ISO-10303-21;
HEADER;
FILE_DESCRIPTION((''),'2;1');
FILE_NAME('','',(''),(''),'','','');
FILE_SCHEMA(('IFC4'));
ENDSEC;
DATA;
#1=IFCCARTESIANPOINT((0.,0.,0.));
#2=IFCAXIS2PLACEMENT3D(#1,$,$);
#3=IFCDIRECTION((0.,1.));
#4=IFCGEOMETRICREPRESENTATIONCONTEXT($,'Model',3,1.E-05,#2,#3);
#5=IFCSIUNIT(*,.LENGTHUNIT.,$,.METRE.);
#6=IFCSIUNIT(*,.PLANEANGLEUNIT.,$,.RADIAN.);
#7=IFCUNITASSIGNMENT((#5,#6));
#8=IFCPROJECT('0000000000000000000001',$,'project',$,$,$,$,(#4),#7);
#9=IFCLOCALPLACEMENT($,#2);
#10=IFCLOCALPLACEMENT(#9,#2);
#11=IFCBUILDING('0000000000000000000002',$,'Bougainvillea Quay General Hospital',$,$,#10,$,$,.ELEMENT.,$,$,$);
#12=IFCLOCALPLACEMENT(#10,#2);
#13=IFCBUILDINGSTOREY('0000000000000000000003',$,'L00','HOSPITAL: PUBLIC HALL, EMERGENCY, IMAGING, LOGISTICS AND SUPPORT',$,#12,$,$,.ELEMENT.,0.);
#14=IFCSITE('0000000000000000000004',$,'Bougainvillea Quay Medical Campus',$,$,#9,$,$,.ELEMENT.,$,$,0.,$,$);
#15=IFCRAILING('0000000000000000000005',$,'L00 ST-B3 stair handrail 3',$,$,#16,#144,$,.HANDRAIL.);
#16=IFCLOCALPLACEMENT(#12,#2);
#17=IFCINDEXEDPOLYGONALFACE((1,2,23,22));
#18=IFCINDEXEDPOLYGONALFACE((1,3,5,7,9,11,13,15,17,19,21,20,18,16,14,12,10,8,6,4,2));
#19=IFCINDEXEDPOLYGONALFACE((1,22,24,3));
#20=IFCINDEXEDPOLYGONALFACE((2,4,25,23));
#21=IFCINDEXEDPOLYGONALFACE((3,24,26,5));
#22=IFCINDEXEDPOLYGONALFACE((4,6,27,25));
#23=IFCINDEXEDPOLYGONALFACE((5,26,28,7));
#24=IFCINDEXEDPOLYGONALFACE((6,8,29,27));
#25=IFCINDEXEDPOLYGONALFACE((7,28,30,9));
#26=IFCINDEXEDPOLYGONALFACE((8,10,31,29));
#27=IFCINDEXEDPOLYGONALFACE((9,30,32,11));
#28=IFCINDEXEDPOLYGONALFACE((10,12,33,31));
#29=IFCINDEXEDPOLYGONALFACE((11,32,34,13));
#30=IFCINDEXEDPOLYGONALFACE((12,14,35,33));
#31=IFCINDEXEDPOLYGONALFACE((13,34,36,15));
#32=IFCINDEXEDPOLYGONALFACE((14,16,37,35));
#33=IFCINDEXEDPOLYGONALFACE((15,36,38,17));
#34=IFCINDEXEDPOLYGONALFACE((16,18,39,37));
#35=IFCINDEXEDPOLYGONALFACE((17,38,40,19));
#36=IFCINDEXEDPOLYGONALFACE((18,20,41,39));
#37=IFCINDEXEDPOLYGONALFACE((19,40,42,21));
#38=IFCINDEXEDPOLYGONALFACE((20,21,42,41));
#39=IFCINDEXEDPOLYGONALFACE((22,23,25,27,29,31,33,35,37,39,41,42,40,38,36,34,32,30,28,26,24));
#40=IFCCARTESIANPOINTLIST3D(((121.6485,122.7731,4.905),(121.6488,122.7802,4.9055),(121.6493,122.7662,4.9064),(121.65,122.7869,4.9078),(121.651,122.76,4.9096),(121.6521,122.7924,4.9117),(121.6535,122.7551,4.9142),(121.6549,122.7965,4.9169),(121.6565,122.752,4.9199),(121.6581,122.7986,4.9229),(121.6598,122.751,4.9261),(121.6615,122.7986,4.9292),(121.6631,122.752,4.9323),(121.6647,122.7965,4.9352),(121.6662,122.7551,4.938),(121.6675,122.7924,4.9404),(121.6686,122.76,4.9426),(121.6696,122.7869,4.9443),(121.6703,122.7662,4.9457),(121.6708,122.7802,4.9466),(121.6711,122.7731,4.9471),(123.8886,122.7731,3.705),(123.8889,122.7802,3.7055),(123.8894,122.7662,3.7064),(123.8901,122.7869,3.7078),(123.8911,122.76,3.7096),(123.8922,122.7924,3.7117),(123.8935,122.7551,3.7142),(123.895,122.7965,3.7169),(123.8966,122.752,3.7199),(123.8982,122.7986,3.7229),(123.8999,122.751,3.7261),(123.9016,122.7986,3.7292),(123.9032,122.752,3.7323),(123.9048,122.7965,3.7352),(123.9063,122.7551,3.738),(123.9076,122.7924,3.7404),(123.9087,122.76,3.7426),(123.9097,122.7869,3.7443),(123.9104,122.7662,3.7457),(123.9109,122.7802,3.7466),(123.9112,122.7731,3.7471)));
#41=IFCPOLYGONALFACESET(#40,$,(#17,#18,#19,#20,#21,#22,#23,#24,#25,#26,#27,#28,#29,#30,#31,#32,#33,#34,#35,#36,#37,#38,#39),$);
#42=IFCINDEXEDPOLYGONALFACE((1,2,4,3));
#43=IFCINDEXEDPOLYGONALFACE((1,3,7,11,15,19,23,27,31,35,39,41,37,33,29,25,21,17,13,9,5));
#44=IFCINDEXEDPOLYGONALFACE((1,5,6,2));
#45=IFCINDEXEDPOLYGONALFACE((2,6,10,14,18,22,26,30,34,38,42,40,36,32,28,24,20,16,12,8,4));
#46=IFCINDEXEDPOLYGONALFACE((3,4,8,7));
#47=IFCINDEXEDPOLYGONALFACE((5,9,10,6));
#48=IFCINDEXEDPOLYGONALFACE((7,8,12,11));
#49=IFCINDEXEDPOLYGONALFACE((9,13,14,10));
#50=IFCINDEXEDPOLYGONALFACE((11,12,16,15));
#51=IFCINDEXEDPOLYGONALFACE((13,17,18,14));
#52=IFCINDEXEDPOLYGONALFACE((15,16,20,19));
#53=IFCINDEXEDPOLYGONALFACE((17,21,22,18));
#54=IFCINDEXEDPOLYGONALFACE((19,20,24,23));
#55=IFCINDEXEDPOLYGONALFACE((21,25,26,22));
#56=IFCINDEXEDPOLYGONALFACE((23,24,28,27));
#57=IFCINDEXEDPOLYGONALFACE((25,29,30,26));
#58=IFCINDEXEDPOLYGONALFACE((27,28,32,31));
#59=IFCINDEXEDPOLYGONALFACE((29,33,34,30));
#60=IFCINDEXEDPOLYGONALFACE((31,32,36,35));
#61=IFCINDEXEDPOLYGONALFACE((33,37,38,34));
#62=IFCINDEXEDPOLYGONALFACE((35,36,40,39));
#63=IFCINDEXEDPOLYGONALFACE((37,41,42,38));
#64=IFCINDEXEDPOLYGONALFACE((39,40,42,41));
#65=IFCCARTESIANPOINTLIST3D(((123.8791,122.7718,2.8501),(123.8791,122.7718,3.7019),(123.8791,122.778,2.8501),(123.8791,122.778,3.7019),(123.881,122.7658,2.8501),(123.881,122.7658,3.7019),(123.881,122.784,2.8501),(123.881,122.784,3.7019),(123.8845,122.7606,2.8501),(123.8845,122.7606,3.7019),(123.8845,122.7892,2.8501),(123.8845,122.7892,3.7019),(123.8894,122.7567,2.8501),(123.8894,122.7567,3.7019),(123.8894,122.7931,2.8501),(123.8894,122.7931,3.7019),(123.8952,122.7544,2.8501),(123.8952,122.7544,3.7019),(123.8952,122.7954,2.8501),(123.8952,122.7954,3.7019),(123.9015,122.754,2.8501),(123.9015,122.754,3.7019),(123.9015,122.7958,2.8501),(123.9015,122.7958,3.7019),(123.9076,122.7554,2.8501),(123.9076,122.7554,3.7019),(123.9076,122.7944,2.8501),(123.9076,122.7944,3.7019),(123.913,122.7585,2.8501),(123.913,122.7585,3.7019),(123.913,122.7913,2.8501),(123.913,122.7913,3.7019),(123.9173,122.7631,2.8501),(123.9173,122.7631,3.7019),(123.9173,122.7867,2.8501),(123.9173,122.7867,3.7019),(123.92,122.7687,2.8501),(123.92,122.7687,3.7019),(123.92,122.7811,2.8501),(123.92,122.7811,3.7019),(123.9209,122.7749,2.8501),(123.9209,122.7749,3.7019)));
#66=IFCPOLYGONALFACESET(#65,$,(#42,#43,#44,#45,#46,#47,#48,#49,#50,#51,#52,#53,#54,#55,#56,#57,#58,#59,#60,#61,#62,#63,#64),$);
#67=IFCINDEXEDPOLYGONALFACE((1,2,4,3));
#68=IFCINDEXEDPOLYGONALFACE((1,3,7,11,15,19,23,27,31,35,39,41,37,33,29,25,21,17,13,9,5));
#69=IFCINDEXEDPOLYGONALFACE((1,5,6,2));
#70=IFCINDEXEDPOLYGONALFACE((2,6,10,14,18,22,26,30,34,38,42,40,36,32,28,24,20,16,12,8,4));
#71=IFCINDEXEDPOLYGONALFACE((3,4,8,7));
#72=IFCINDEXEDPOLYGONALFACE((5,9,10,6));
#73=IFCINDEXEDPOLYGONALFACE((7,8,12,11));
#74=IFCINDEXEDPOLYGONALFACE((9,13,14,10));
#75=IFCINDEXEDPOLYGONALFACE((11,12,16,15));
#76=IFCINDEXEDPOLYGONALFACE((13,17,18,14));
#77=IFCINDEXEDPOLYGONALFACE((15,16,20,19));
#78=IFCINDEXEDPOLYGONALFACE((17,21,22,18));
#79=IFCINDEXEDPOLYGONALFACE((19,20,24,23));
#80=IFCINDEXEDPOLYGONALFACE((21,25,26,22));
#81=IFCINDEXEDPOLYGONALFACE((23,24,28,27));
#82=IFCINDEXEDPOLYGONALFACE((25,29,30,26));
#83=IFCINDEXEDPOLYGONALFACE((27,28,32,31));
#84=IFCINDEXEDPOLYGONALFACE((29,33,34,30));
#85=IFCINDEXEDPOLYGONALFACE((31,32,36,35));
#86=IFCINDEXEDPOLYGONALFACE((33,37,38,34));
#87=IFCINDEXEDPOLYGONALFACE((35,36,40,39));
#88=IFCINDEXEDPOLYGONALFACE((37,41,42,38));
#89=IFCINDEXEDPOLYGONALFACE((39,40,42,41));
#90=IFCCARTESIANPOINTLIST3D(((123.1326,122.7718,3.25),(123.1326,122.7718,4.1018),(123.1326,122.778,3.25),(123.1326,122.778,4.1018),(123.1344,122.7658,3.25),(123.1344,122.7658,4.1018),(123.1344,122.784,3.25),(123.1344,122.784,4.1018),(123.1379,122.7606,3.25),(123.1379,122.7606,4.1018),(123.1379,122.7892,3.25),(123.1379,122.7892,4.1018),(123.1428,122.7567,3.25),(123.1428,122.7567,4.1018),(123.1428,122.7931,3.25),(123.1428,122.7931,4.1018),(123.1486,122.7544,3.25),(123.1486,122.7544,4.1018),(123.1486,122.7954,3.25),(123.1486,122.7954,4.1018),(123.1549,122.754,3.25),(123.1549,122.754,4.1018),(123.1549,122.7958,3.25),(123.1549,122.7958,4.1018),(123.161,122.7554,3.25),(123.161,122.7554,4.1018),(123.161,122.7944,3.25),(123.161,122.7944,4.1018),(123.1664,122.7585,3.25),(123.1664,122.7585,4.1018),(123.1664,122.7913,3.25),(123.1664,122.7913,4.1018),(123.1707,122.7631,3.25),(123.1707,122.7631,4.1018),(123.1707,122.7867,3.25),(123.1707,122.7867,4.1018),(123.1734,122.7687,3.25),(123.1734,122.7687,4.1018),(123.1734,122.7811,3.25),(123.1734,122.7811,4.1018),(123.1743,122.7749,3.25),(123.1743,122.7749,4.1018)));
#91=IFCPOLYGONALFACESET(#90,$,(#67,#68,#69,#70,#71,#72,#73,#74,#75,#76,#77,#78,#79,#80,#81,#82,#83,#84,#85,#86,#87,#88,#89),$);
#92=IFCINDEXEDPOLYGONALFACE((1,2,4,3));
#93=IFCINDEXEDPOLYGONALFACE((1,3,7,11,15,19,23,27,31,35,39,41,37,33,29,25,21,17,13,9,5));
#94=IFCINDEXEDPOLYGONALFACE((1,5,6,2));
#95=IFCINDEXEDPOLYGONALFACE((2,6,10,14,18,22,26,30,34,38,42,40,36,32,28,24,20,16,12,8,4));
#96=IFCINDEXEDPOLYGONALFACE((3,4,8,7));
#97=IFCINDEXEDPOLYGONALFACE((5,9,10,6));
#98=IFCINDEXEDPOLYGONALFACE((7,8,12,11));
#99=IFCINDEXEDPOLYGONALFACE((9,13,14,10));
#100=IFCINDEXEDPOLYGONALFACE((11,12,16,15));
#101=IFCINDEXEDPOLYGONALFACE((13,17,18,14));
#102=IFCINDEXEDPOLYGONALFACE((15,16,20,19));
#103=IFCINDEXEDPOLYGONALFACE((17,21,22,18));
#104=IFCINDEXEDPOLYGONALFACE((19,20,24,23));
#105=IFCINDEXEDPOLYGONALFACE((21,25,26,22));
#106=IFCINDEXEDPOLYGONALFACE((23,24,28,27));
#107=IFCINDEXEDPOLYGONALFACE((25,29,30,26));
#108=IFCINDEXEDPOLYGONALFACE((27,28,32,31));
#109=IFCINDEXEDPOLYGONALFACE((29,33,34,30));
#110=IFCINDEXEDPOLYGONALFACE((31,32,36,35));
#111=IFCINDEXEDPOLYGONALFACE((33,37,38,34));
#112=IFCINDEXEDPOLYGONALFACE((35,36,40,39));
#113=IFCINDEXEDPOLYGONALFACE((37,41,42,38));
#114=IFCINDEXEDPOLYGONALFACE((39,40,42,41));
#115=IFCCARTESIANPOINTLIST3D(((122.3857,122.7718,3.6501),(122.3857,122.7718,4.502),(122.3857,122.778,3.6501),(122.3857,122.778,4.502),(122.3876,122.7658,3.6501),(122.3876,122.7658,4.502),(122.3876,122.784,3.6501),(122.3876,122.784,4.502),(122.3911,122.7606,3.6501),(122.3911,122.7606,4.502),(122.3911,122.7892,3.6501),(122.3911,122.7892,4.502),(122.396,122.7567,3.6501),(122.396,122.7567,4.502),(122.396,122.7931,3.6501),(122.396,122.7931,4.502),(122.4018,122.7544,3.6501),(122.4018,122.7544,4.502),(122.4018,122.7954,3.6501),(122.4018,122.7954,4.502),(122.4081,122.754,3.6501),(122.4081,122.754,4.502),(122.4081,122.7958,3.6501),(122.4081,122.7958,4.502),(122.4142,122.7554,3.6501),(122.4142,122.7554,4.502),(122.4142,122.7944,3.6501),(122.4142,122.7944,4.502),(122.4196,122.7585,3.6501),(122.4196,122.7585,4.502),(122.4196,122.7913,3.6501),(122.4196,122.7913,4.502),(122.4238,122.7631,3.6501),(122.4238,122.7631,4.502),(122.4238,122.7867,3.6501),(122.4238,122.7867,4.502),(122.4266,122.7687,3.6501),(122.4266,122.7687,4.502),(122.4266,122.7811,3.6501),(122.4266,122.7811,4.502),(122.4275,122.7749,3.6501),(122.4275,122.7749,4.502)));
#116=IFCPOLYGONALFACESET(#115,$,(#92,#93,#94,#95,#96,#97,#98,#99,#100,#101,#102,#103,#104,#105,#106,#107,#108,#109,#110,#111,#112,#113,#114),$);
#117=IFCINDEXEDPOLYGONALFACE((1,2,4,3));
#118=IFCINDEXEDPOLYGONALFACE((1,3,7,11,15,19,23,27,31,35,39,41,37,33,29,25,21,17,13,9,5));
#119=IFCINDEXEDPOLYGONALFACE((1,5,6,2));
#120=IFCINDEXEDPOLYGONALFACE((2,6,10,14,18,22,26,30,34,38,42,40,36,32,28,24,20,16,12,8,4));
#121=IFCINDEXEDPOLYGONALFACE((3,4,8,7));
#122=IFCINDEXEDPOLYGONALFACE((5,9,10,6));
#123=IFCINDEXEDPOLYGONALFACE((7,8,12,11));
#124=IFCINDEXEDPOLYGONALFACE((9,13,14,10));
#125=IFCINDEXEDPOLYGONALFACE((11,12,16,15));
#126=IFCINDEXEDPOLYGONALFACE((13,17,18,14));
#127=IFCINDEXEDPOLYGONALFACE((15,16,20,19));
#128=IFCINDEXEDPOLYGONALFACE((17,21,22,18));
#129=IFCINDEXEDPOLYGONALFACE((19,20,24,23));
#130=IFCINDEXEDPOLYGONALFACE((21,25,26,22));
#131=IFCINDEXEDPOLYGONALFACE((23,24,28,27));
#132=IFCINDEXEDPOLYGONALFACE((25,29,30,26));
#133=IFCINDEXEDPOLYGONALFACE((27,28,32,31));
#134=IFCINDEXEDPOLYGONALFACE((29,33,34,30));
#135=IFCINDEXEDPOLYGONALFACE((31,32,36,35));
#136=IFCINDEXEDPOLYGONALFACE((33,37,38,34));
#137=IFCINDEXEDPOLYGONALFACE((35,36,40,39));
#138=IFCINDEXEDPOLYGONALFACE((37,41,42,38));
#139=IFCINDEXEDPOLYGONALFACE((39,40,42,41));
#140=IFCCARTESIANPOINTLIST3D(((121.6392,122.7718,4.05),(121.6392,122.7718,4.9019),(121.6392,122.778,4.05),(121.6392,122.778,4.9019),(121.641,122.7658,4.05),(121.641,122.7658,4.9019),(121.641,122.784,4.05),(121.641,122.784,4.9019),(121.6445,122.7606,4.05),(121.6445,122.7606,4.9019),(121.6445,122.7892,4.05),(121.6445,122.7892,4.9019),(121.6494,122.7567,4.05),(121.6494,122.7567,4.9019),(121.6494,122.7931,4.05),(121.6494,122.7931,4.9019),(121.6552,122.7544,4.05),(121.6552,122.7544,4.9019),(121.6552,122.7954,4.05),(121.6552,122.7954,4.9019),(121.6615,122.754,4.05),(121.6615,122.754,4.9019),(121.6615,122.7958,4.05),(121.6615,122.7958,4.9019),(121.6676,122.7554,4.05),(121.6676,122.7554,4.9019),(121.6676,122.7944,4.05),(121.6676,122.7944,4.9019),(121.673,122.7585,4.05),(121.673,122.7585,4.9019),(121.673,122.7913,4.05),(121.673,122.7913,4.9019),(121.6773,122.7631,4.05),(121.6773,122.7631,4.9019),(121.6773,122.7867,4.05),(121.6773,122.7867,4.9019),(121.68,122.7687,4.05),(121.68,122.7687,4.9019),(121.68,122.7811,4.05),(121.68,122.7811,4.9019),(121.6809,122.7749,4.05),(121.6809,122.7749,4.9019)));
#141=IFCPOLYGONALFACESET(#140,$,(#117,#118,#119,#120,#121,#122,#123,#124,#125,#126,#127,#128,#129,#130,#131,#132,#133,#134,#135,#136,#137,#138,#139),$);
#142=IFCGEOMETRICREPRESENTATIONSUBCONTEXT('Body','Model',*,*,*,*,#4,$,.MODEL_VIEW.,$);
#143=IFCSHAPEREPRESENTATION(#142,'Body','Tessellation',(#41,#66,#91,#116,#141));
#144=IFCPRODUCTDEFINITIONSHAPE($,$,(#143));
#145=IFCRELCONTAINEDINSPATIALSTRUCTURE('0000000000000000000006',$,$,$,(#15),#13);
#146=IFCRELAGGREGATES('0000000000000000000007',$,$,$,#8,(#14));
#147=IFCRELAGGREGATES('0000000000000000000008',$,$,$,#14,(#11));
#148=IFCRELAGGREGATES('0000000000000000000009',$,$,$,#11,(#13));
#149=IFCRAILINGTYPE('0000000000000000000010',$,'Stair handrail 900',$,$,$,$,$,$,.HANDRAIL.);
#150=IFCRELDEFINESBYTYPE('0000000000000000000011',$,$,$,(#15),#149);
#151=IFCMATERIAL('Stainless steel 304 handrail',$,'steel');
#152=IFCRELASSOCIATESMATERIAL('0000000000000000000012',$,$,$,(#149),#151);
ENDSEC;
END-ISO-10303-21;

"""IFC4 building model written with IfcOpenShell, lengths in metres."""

from ifc_helpers import new_model, si_unit, direction, frame, origin, origin_2d, place, context, subcontext, project, spatial, circle, extrude, material, type_object, element, save


model = new_model("IFC4")

# Units and contexts
model_context = context("Model", 3, precision=1e-05, world=origin(), true_north=direction((0.0, 1.0)))
body_context = subcontext(model_context, "Body", "Model", "MODEL_VIEW")
ifc_project = project(units=[si_unit("LENGTHUNIT", "METRE"), si_unit("PLANEANGLEUNIT", "RADIAN")], contexts=[model_context])

# Site, building, storey
site_placement = place(None, origin())
site = spatial("IfcSite", under=ifc_project, at=site_placement, Name="Bougainvillea Quay Medical Campus", CompositionType="ELEMENT", RefElevation=0.0)
building_placement = place(site_placement, origin())
building = spatial("IfcBuilding", under=site, at=building_placement, Name="Bougainvillea Quay General Hospital", CompositionType="ELEMENT")
storey_placement = place(building_placement, origin())
storey = spatial("IfcBuildingStorey", under=building, at=storey_placement, Name="L00", Description="HOSPITAL: PUBLIC HALL, EMERGENCY, IMAGING, LOGISTICS AND SUPPORT", CompositionType="ELEMENT", Elevation=0.0)

# Railing
ifc_material_1 = material(Name="Stainless steel 304 handrail", Category="steel")
railing_type_1 = type_object("IfcRailingType", Name="Stair handrail 900", PredefinedType="HANDRAIL", material=ifc_material_1)
railing_1_placement = place(storey_placement, frame((123.8999, 122.7749, 2.8501)))
element("IfcRailing", 1, at=railing_1_placement, inside=storey, type_object=railing_type_1, Name="L00 ST-B3 stair handrail 3", PredefinedType="HANDRAIL", context=body_context, shape_type="SweptSolid", body=[
    extrude(circle(Radius=0.0239, at=origin_2d()), frame((0.0, 0.0, 0.876), z_axis=(-0.881487, 0.0, 0.472208), x_axis=(0.0, -1.0, 0.0)), (0.0, 0.0, 1.0), 2.5413),
    extrude(circle(Radius=0.021, at=origin_2d()), origin(), (0.0, 0.0, 1.0), 0.8518),
    extrude(circle(Radius=0.021, at=origin_2d()), frame((-0.7466, 0.0, 0.3999)), (0.0, 0.0, 1.0), 0.8518),
    extrude(circle(Radius=0.021, at=origin_2d()), frame((-1.4934, 0.0, 0.8)), (0.0, 0.0, 1.0), 0.8518),
    extrude(circle(Radius=0.021, at=origin_2d()), frame((-2.24, 0.0, 1.2)), (0.0, 0.0, 1.0), 0.8518),
])

save(model, "model.ifc")
